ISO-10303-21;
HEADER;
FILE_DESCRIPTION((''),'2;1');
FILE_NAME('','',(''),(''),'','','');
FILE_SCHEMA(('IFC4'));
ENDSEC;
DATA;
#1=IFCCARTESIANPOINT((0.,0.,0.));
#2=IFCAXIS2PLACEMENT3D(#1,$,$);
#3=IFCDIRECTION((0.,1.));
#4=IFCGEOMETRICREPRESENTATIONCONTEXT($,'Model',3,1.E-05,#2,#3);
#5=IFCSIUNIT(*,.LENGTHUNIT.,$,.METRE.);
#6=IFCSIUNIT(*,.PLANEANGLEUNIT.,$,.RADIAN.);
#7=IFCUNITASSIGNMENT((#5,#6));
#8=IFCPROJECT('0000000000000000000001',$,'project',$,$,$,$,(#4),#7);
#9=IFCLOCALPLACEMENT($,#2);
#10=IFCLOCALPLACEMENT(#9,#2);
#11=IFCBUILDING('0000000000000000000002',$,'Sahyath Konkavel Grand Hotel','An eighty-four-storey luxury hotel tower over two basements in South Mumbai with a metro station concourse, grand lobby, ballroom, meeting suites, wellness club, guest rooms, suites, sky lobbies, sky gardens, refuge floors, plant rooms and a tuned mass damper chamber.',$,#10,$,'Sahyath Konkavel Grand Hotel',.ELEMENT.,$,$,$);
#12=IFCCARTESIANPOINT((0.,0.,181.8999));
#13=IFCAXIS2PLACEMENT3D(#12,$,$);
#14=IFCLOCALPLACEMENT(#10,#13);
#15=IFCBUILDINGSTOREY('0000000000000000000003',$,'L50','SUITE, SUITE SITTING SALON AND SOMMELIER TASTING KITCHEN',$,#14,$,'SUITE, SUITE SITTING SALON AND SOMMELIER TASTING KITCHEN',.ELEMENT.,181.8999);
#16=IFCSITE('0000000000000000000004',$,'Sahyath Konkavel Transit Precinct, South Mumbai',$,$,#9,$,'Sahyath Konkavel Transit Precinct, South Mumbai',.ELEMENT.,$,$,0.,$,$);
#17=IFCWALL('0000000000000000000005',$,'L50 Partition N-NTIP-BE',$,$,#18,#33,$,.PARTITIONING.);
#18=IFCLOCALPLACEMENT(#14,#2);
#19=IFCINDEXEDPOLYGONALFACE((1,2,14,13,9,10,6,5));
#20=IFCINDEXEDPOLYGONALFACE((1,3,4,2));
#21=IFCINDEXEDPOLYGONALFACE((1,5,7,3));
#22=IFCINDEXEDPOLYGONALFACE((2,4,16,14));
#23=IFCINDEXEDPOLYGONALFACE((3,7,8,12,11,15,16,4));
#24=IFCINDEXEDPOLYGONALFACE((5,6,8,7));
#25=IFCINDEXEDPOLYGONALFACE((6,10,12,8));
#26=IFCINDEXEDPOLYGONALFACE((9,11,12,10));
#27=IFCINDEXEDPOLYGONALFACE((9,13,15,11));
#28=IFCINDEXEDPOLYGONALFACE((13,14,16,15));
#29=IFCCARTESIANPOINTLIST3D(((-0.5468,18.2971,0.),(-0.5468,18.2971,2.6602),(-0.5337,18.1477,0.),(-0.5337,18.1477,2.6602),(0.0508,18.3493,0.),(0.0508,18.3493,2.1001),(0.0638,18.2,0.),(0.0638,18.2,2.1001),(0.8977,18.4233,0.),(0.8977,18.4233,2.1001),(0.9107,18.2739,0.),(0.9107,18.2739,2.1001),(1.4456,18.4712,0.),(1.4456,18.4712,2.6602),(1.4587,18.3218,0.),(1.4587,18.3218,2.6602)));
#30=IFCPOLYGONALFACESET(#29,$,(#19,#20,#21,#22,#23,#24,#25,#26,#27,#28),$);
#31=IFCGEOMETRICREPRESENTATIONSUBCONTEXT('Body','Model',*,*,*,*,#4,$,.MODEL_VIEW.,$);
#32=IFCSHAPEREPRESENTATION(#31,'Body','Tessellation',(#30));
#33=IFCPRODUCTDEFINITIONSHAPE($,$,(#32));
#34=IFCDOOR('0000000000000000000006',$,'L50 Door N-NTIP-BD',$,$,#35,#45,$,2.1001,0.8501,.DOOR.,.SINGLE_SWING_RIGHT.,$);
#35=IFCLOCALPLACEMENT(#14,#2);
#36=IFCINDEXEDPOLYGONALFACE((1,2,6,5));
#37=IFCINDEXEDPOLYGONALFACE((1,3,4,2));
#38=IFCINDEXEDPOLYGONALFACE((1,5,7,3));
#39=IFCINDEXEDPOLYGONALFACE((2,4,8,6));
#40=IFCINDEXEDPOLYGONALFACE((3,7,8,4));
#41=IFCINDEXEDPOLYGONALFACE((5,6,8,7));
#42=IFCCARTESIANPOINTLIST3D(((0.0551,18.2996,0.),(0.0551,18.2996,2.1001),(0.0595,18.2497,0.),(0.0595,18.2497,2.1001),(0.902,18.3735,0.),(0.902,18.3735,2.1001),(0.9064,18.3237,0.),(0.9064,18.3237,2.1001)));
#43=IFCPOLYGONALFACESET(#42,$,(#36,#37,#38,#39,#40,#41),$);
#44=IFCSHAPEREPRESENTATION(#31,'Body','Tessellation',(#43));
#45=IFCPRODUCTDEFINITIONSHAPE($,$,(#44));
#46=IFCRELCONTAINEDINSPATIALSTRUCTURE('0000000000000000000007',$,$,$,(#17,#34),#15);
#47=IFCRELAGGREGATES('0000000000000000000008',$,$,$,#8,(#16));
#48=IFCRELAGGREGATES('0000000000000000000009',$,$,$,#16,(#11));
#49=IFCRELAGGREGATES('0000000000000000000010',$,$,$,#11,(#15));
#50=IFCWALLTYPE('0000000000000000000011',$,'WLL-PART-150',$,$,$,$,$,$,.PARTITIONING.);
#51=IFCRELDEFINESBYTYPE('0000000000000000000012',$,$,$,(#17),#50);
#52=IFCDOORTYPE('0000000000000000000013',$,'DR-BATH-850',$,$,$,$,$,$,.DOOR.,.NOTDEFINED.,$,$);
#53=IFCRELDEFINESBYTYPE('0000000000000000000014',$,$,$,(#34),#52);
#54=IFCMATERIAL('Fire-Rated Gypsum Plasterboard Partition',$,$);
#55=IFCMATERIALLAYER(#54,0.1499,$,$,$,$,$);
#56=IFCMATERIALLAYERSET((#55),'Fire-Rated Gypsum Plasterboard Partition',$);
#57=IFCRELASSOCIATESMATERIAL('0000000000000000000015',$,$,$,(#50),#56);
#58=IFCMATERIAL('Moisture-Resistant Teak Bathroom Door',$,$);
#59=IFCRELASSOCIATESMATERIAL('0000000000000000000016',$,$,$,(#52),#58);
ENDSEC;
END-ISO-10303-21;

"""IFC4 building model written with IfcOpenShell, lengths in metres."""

from ifc_helpers import new_model, si_unit, direction, frame, frame_2d, origin, origin_2d, place, context, subcontext, project, spatial, rectangle, extrude, source, transform, mapped, material, layer, layer_set, type_object, element, fill, save


model = new_model("IFC4")

# Units and contexts
model_context = context("Model", 3, precision=1e-05, world=origin(), true_north=direction((0.0, 1.0)))
body_context = subcontext(model_context, "Body", "Model", "MODEL_VIEW")
ifc_project = project(units=[si_unit("LENGTHUNIT", "METRE"), si_unit("PLANEANGLEUNIT", "RADIAN")], contexts=[model_context])

# Site, building, storey
site_placement = place(None, origin())
site = spatial("IfcSite", under=ifc_project, at=site_placement, Name="Sahyath Konkavel Transit Precinct, South Mumbai", LongName="Sahyath Konkavel Transit Precinct, South Mumbai", CompositionType="ELEMENT", RefElevation=0.0)
building_placement = place(site_placement, origin())
building = spatial("IfcBuilding", under=site, at=building_placement, Name="Sahyath Konkavel Grand Hotel", Description="An eighty-four-storey luxury hotel tower over two basements in South Mumbai with a metro station concourse, grand lobby, ballroom, meeting suites, wellness club, guest rooms, suites, sky lobbies, sky gardens, refuge floors, plant rooms and a tuned mass damper chamber.", LongName="Sahyath Konkavel Grand Hotel", CompositionType="ELEMENT")
storey_placement = place(building_placement, frame((0.0, 0.0, 181.8999)))
storey = spatial("IfcBuildingStorey", under=building, at=storey_placement, Name="L50", Description="SUITE, SUITE SITTING SALON AND SOMMELIER TASTING KITCHEN", LongName="SUITE, SUITE SITTING SALON AND SOMMELIER TASTING KITCHEN", CompositionType="ELEMENT", Elevation=181.8999)

# Shared definitions
shared_shape_1 = source(origin(), body_context, "Body", "SweptSolid", [
    extrude(rectangle(XDim=0.8501, YDim=0.05, at=origin_2d()), origin(), (0.0, 0.0, 1.0), 2.1001),
])

# Shared definitions
ifc_material_1 = material(Name="Fire-Rated Gypsum Plasterboard Partition")
ifc_layer_1 = layer(ifc_material_1, 0.1499)
ifc_layer_set_1 = layer_set([ifc_layer_1], Name="Fire-Rated Gypsum Plasterboard Partition")
wall_type_1 = type_object("IfcWallType", Name="WLL-PART-150", PredefinedType="PARTITIONING", material=ifc_layer_set_1)

# Wall, opening, door
wall_1_placement = place(storey_placement, frame((1.4521, 18.3965, 0.0), z_axis=(0.0, 0.0, 1.0), x_axis=(-0.996205, -0.087035, 0.0)))
wall_1 = element("IfcWall", 1, at=wall_1_placement, inside=storey, type_object=wall_type_1, Name="L50 Partition N-NTIP-BE", PredefinedType="PARTITIONING", context=body_context, shape_type="SweptSolid", body=[
    extrude(rectangle(XDim=2.0, YDim=0.1499, at=frame_2d((1.0, 0.0))), origin(), (0.0, 0.0, 1.0), 2.6602),
])
opening_1_placement = place(wall_1_placement, frame((0.55, 0.0, 0.0)))
opening_1 = element("IfcOpeningElement", 2, at=opening_1_placement, cuts=wall_1, PredefinedType="OPENING", context=body_context, shape_type="SweptSolid", body=[
    extrude(rectangle(XDim=0.8501, YDim=2.1001, at=frame_2d((0.425, 1.05))), frame((0.0, 0.085, 0.0), z_axis=(0.0, -1.0, 0.0), x_axis=(1.0, 0.0, 0.0)), (0.0, 0.0, 1.0), 0.1699),
])
ifc_material_2 = material(Name="Moisture-Resistant Teak Bathroom Door")
door_type_1 = type_object("IfcDoorType", Name="DR-BATH-850", OperationType="NOTDEFINED", PredefinedType="DOOR", material=ifc_material_2)
door_1_placement = place(opening_1_placement, frame((0.425, 0.0, 0.0)))
door_1 = element("IfcDoor", 3, at=door_1_placement, inside=storey, type_object=door_type_1, Name="L50 Door N-NTIP-BD", OperationType="SINGLE_SWING_RIGHT", OverallHeight=2.1001, OverallWidth=0.8501, PredefinedType="DOOR", context=body_context, shape_type="MappedRepresentation", body=[
    mapped(shared_shape_1, transform((0.0, 0.0, 0.0), scale=1.0)),
])
fill(opening_1, door_1)

save(model, "model.ifc")
